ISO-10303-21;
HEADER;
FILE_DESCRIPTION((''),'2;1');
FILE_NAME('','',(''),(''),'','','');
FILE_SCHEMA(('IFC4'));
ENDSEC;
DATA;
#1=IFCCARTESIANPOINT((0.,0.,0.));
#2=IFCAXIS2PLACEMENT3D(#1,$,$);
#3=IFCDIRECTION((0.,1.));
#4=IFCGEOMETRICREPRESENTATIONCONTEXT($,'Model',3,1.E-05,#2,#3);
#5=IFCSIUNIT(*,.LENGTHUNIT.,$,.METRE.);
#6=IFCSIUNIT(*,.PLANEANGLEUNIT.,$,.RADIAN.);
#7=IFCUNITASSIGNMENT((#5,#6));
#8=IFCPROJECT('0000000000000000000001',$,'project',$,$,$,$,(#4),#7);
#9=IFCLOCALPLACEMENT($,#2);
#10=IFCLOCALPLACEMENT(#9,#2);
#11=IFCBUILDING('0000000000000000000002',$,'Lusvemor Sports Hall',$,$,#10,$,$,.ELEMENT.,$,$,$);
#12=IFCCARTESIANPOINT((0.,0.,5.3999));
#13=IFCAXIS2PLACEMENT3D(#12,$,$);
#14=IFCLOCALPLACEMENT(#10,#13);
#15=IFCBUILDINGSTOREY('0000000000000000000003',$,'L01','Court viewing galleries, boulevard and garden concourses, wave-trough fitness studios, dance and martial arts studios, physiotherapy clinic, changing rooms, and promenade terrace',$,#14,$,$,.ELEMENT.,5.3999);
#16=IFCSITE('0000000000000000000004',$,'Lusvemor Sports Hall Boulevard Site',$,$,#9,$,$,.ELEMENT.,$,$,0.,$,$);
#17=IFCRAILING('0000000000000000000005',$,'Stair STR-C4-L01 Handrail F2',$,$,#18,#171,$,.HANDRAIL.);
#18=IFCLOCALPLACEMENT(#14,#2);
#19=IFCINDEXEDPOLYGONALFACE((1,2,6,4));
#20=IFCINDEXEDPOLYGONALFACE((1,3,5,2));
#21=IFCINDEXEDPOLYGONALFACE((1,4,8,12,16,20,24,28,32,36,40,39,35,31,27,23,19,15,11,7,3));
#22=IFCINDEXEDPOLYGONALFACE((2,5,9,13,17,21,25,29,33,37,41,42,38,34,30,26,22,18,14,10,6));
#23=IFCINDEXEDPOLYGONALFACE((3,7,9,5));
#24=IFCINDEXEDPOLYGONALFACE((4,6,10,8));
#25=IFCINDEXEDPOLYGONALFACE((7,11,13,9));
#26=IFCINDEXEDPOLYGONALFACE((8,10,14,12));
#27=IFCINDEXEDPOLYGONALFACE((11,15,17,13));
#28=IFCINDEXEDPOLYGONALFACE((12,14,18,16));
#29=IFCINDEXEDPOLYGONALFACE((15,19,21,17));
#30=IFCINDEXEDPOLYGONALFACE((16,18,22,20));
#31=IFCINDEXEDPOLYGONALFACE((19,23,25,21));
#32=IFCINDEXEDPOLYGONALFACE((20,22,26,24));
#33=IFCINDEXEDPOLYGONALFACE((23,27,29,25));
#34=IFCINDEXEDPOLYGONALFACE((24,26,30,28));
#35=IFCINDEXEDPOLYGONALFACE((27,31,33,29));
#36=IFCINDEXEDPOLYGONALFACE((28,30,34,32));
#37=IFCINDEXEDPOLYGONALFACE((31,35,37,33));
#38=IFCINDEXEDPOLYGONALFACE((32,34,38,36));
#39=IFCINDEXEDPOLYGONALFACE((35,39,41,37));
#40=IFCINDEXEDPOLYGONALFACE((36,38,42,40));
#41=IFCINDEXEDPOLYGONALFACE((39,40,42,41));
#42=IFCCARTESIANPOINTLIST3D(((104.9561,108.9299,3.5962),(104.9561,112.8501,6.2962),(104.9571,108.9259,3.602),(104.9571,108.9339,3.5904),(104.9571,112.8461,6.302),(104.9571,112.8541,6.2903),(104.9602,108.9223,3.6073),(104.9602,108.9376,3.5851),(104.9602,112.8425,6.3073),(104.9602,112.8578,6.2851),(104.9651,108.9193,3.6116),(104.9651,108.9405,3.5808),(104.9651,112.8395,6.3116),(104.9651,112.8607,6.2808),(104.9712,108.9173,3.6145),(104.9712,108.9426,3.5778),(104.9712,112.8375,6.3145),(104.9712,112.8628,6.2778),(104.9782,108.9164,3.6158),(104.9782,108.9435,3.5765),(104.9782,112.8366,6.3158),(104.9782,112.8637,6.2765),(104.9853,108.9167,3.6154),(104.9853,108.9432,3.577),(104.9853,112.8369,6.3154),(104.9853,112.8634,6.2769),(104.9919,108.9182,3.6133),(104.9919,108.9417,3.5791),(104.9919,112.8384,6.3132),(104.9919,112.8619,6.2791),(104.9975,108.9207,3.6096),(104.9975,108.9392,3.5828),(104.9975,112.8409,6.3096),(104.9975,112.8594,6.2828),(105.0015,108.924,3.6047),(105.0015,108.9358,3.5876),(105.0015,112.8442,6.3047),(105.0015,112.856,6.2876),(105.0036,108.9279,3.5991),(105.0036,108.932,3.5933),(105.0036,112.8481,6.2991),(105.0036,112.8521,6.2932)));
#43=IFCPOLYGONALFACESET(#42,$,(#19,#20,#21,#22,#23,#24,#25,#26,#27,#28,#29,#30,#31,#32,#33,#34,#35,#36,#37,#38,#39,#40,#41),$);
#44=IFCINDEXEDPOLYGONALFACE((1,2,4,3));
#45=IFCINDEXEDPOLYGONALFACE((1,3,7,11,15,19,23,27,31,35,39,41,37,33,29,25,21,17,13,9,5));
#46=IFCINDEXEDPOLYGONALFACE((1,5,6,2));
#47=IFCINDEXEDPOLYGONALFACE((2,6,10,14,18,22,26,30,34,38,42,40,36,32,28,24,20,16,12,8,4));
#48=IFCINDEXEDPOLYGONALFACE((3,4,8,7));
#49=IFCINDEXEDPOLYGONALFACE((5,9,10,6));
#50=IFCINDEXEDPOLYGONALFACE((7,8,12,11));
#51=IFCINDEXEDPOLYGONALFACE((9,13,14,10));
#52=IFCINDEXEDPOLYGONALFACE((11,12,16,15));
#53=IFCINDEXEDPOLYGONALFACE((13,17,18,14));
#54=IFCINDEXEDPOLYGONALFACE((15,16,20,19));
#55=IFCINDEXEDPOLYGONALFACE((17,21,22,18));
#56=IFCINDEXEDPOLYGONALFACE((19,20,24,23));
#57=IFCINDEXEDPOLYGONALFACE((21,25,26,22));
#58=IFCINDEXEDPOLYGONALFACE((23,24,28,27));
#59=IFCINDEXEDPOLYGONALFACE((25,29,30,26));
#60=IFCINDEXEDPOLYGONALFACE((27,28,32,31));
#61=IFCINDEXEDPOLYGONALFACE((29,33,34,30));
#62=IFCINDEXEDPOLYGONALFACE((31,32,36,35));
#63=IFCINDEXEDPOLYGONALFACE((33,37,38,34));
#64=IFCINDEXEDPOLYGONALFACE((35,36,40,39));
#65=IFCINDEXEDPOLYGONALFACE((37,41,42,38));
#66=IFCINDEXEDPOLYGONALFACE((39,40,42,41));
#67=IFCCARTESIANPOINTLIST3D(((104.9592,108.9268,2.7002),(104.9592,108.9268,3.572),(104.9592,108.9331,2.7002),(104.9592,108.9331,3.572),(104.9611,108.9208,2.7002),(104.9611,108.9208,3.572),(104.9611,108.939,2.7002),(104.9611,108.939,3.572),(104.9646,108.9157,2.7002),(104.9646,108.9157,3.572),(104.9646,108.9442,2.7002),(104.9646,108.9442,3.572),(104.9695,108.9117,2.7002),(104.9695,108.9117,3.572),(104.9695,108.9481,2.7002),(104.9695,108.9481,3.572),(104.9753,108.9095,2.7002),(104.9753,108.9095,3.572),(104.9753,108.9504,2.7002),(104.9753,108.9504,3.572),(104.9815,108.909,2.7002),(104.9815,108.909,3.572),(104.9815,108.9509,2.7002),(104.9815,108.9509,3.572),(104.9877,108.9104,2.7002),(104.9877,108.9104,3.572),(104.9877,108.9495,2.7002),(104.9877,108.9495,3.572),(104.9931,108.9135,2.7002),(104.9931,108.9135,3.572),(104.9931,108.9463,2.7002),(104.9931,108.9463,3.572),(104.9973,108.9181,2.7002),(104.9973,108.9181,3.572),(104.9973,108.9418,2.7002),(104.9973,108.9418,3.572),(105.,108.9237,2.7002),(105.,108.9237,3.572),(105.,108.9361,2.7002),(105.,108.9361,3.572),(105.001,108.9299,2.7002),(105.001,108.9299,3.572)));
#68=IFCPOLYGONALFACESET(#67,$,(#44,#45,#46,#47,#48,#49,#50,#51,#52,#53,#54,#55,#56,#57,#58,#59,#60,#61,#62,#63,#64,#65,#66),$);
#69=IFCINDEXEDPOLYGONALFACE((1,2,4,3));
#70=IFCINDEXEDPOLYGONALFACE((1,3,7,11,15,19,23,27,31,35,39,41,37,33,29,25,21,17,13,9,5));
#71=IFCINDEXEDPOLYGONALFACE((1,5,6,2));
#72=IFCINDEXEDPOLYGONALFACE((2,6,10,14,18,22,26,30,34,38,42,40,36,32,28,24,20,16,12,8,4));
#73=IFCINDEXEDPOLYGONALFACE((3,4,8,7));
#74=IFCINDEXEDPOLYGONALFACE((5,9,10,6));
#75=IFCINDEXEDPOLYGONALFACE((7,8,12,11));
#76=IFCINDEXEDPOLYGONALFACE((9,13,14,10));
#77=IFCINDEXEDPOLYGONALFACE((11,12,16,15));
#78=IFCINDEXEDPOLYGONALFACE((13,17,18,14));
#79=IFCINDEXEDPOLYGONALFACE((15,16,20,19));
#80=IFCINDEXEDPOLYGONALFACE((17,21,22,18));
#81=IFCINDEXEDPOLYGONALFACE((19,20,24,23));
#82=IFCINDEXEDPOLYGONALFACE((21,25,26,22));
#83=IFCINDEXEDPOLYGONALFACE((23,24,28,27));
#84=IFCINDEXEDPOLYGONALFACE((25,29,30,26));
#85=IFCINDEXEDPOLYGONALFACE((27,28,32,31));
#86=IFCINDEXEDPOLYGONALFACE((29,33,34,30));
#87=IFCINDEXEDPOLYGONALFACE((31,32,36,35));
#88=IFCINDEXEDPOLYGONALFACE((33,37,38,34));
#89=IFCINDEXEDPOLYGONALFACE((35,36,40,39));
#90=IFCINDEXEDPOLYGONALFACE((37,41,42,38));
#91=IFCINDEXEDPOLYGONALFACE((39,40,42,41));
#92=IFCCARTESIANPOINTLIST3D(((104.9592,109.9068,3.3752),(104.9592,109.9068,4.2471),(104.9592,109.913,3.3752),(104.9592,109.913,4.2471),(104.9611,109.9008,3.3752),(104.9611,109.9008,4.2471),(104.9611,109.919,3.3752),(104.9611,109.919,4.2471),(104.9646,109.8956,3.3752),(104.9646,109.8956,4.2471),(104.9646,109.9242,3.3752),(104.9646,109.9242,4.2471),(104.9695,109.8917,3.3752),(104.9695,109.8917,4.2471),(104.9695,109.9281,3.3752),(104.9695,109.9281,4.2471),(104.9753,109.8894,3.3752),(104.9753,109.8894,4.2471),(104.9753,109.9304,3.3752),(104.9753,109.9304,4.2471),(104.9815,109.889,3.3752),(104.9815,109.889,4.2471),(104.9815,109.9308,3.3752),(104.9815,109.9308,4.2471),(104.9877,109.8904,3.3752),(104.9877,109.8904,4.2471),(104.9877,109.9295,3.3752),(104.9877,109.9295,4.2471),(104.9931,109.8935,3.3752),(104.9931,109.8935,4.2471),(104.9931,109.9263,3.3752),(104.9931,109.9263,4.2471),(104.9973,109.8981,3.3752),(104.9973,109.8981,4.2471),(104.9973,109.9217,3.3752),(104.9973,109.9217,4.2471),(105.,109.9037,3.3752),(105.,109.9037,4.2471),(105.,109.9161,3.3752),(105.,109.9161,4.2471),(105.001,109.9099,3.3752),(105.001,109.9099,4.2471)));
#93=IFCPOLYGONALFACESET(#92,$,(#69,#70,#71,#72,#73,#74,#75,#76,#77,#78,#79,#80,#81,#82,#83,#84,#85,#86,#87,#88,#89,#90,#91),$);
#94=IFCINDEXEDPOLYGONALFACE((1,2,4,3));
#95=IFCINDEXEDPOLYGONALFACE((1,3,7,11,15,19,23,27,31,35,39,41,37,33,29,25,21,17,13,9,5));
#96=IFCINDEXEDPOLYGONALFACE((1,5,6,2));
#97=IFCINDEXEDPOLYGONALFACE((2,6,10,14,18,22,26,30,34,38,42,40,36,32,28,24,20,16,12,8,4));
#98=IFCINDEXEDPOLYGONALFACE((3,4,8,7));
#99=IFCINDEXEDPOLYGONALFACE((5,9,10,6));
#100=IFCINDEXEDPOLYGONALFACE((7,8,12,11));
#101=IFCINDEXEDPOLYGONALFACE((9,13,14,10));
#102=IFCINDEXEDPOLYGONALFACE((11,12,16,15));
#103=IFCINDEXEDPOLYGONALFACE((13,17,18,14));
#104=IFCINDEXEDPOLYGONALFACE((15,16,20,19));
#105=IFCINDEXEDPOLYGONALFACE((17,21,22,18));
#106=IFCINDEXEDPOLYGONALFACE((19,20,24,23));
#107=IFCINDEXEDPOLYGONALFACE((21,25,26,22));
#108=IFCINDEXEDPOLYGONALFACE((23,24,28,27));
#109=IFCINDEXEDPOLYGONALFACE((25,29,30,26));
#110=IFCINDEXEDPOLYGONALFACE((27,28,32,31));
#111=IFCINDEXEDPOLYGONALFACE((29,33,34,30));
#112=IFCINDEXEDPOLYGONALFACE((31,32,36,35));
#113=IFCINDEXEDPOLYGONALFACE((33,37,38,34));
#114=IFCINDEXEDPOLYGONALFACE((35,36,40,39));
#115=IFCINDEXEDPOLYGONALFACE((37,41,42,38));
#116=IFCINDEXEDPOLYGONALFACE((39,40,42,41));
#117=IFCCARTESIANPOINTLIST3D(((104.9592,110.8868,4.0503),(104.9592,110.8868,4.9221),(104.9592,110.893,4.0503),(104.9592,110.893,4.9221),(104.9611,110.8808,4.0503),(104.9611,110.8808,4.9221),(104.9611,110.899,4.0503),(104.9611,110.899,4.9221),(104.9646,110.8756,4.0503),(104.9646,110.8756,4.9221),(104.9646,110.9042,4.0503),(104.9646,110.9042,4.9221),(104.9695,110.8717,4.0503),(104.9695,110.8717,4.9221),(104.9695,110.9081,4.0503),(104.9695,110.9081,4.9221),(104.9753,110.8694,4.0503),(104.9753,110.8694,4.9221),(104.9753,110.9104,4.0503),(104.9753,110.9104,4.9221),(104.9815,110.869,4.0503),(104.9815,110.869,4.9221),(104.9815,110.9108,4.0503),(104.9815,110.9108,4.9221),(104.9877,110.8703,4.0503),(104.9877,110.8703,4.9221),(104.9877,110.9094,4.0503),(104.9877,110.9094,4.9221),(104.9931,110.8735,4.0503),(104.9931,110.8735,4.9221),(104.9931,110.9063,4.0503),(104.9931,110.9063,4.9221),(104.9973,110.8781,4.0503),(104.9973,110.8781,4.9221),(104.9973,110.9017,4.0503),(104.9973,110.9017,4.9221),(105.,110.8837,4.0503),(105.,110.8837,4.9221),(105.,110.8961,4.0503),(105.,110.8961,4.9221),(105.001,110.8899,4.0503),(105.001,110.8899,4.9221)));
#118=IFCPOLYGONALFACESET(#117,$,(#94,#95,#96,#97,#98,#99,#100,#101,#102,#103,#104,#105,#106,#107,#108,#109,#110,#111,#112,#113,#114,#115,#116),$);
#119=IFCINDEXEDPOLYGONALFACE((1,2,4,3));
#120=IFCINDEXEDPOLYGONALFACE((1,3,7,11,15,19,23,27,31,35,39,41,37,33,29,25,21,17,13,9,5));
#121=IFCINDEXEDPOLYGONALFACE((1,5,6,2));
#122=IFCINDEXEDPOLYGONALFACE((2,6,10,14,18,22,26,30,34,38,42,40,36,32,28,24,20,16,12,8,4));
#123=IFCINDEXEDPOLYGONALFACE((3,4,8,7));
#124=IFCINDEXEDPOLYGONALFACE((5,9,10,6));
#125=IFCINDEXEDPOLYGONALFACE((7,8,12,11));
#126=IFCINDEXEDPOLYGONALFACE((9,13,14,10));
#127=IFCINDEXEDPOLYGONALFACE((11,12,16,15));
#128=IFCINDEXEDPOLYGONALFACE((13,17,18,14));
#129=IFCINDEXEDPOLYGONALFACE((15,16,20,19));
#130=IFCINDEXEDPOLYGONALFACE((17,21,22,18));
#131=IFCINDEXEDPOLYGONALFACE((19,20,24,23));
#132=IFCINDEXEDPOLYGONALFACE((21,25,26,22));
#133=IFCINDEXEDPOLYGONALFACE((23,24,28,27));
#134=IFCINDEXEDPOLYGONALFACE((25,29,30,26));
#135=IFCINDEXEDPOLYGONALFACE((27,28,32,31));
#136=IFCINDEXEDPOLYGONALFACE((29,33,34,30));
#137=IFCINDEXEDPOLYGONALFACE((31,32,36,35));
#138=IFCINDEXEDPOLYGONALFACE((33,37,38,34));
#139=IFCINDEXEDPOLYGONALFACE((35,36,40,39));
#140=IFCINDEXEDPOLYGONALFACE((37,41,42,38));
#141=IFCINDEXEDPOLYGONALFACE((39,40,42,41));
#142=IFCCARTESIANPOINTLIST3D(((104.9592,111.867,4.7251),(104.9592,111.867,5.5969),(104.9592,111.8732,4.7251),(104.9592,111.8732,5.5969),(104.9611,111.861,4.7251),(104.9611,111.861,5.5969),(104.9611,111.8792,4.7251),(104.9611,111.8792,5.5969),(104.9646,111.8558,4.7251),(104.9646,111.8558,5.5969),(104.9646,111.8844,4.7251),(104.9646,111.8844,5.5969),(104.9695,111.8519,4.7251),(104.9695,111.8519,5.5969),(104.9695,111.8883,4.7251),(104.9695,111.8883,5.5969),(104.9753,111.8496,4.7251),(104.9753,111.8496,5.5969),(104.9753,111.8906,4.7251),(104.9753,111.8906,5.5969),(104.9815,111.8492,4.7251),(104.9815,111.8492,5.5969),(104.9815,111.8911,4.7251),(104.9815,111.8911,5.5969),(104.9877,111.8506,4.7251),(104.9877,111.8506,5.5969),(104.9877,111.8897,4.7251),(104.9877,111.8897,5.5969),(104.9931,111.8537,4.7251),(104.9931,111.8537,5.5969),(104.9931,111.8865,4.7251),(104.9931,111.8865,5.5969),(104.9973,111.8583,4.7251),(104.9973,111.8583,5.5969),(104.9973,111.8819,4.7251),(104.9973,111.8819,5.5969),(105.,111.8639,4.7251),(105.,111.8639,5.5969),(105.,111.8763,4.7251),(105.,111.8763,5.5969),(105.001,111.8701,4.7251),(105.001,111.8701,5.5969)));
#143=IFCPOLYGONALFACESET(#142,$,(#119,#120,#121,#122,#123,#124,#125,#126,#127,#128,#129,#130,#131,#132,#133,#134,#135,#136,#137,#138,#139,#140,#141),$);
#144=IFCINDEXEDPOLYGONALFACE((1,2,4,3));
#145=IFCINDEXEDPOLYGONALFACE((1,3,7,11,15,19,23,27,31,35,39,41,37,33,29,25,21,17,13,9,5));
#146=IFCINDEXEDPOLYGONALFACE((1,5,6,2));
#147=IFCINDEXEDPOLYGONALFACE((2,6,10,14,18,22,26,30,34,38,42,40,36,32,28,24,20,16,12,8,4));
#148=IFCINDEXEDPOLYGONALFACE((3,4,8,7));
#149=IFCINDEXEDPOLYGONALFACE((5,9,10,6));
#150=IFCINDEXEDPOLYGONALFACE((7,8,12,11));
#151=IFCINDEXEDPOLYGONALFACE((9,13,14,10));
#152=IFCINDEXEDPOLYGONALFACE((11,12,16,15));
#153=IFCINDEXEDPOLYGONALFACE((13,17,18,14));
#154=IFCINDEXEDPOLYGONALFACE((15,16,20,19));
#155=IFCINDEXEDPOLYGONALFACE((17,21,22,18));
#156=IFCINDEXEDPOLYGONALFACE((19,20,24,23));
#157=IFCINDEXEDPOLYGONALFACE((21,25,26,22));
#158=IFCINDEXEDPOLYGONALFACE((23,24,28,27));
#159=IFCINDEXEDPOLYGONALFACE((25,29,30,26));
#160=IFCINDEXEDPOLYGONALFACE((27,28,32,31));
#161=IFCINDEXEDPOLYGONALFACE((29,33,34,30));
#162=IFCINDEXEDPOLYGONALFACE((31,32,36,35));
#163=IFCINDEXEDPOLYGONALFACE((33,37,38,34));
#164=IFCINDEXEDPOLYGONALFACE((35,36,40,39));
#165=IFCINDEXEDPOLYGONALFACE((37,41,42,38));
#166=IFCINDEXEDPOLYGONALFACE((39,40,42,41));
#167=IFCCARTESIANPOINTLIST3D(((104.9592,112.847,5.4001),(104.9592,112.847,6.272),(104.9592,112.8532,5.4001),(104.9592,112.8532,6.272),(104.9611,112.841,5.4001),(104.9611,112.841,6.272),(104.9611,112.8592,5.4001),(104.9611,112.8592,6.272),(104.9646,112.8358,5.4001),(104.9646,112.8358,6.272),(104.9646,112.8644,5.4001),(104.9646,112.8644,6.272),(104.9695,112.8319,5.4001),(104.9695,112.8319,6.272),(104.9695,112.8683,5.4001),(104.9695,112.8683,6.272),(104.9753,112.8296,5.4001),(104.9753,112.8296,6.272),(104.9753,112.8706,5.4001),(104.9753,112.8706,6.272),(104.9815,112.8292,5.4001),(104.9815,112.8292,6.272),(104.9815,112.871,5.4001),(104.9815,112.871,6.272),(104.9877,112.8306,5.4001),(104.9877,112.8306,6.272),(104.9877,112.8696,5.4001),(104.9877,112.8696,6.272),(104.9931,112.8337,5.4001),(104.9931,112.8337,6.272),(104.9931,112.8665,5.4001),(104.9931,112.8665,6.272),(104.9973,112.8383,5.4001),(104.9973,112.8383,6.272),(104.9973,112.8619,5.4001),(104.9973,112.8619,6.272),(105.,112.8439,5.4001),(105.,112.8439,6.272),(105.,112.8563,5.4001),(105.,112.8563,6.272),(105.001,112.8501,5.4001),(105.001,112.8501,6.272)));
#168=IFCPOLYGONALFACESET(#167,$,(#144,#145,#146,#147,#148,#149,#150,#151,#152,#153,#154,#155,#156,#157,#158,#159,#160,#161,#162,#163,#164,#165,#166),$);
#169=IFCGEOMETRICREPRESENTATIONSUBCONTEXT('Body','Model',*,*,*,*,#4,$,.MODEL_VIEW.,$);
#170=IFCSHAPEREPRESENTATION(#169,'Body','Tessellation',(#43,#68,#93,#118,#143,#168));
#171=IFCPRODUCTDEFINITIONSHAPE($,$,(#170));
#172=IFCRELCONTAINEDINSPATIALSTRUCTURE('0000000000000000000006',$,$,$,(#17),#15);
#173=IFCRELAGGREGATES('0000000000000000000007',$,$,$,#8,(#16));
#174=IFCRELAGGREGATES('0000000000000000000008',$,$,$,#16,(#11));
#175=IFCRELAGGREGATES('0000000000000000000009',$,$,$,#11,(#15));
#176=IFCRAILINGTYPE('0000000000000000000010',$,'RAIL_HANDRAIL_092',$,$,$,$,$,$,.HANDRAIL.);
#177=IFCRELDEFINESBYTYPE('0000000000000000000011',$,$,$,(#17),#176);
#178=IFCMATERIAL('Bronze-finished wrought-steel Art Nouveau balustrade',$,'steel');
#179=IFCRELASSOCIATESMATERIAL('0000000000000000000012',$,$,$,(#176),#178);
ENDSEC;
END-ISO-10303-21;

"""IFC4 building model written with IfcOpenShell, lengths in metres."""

from ifc_helpers import new_model, si_unit, direction, frame, origin, origin_2d, place, context, subcontext, project, spatial, circle, extrude, material, type_object, element, save


model = new_model("IFC4")

# Units and contexts
model_context = context("Model", 3, precision=1e-05, world=origin(), true_north=direction((0.0, 1.0)))
body_context = subcontext(model_context, "Body", "Model", "MODEL_VIEW")
ifc_project = project(units=[si_unit("LENGTHUNIT", "METRE"), si_unit("PLANEANGLEUNIT", "RADIAN")], contexts=[model_context])

# Site, building, storey
site_placement = place(None, origin())
site = spatial("IfcSite", under=ifc_project, at=site_placement, Name="Lusvemor Sports Hall Boulevard Site", CompositionType="ELEMENT", RefElevation=0.0)
building_placement = place(site_placement, origin())
building = spatial("IfcBuilding", under=site, at=building_placement, Name="Lusvemor Sports Hall", CompositionType="ELEMENT")
storey_placement = place(building_placement, frame((0.0, 0.0, 5.3999)))
storey = spatial("IfcBuildingStorey", under=building, at=storey_placement, Name="L01", Description="Court viewing galleries, boulevard and garden concourses, wave-trough fitness studios, dance and martial arts studios, physiotherapy clinic, changing rooms, and promenade terrace", CompositionType="ELEMENT", Elevation=5.3999)

# Railing
ifc_material_1 = material(Name="Bronze-finished wrought-steel Art Nouveau balustrade", Category="steel")
railing_type_1 = type_object("IfcRailingType", Name="RAIL_HANDRAIL_092", PredefinedType="HANDRAIL", material=ifc_material_1)
railing_1_placement = place(storey_placement, frame((104.98, 108.9299, 2.7002)))
element("IfcRailing", 1, at=railing_1_placement, inside=storey, type_object=railing_type_1, Name="Stair STR-C4-L01 Handrail F2", PredefinedType="HANDRAIL", context=body_context, shape_type="SweptSolid", body=[
    extrude(circle(Radius=0.0239, at=origin_2d()), frame((0.0, 0.0, 0.896), z_axis=(0.0, 0.823567, 0.567219), x_axis=(-1.0, 0.0, 0.0)), (0.0, 0.0, 1.0), 4.76),
    extrude(circle(Radius=0.021, at=origin_2d()), origin(), (0.0, 0.0, 1.0), 0.8718),
    extrude(circle(Radius=0.021, at=origin_2d()), frame((0.0, 0.98, 0.675)), (0.0, 0.0, 1.0), 0.8718),
    extrude(circle(Radius=0.021, at=origin_2d()), frame((0.0, 1.96, 1.3501)), (0.0, 0.0, 1.0), 0.8718),
    extrude(circle(Radius=0.021, at=origin_2d()), frame((0.0, 2.9402, 2.0249)), (0.0, 0.0, 1.0), 0.8718),
    extrude(circle(Radius=0.021, at=origin_2d()), frame((0.0, 3.9202, 2.7)), (0.0, 0.0, 1.0), 0.8718),
])

save(model, "model.ifc")
